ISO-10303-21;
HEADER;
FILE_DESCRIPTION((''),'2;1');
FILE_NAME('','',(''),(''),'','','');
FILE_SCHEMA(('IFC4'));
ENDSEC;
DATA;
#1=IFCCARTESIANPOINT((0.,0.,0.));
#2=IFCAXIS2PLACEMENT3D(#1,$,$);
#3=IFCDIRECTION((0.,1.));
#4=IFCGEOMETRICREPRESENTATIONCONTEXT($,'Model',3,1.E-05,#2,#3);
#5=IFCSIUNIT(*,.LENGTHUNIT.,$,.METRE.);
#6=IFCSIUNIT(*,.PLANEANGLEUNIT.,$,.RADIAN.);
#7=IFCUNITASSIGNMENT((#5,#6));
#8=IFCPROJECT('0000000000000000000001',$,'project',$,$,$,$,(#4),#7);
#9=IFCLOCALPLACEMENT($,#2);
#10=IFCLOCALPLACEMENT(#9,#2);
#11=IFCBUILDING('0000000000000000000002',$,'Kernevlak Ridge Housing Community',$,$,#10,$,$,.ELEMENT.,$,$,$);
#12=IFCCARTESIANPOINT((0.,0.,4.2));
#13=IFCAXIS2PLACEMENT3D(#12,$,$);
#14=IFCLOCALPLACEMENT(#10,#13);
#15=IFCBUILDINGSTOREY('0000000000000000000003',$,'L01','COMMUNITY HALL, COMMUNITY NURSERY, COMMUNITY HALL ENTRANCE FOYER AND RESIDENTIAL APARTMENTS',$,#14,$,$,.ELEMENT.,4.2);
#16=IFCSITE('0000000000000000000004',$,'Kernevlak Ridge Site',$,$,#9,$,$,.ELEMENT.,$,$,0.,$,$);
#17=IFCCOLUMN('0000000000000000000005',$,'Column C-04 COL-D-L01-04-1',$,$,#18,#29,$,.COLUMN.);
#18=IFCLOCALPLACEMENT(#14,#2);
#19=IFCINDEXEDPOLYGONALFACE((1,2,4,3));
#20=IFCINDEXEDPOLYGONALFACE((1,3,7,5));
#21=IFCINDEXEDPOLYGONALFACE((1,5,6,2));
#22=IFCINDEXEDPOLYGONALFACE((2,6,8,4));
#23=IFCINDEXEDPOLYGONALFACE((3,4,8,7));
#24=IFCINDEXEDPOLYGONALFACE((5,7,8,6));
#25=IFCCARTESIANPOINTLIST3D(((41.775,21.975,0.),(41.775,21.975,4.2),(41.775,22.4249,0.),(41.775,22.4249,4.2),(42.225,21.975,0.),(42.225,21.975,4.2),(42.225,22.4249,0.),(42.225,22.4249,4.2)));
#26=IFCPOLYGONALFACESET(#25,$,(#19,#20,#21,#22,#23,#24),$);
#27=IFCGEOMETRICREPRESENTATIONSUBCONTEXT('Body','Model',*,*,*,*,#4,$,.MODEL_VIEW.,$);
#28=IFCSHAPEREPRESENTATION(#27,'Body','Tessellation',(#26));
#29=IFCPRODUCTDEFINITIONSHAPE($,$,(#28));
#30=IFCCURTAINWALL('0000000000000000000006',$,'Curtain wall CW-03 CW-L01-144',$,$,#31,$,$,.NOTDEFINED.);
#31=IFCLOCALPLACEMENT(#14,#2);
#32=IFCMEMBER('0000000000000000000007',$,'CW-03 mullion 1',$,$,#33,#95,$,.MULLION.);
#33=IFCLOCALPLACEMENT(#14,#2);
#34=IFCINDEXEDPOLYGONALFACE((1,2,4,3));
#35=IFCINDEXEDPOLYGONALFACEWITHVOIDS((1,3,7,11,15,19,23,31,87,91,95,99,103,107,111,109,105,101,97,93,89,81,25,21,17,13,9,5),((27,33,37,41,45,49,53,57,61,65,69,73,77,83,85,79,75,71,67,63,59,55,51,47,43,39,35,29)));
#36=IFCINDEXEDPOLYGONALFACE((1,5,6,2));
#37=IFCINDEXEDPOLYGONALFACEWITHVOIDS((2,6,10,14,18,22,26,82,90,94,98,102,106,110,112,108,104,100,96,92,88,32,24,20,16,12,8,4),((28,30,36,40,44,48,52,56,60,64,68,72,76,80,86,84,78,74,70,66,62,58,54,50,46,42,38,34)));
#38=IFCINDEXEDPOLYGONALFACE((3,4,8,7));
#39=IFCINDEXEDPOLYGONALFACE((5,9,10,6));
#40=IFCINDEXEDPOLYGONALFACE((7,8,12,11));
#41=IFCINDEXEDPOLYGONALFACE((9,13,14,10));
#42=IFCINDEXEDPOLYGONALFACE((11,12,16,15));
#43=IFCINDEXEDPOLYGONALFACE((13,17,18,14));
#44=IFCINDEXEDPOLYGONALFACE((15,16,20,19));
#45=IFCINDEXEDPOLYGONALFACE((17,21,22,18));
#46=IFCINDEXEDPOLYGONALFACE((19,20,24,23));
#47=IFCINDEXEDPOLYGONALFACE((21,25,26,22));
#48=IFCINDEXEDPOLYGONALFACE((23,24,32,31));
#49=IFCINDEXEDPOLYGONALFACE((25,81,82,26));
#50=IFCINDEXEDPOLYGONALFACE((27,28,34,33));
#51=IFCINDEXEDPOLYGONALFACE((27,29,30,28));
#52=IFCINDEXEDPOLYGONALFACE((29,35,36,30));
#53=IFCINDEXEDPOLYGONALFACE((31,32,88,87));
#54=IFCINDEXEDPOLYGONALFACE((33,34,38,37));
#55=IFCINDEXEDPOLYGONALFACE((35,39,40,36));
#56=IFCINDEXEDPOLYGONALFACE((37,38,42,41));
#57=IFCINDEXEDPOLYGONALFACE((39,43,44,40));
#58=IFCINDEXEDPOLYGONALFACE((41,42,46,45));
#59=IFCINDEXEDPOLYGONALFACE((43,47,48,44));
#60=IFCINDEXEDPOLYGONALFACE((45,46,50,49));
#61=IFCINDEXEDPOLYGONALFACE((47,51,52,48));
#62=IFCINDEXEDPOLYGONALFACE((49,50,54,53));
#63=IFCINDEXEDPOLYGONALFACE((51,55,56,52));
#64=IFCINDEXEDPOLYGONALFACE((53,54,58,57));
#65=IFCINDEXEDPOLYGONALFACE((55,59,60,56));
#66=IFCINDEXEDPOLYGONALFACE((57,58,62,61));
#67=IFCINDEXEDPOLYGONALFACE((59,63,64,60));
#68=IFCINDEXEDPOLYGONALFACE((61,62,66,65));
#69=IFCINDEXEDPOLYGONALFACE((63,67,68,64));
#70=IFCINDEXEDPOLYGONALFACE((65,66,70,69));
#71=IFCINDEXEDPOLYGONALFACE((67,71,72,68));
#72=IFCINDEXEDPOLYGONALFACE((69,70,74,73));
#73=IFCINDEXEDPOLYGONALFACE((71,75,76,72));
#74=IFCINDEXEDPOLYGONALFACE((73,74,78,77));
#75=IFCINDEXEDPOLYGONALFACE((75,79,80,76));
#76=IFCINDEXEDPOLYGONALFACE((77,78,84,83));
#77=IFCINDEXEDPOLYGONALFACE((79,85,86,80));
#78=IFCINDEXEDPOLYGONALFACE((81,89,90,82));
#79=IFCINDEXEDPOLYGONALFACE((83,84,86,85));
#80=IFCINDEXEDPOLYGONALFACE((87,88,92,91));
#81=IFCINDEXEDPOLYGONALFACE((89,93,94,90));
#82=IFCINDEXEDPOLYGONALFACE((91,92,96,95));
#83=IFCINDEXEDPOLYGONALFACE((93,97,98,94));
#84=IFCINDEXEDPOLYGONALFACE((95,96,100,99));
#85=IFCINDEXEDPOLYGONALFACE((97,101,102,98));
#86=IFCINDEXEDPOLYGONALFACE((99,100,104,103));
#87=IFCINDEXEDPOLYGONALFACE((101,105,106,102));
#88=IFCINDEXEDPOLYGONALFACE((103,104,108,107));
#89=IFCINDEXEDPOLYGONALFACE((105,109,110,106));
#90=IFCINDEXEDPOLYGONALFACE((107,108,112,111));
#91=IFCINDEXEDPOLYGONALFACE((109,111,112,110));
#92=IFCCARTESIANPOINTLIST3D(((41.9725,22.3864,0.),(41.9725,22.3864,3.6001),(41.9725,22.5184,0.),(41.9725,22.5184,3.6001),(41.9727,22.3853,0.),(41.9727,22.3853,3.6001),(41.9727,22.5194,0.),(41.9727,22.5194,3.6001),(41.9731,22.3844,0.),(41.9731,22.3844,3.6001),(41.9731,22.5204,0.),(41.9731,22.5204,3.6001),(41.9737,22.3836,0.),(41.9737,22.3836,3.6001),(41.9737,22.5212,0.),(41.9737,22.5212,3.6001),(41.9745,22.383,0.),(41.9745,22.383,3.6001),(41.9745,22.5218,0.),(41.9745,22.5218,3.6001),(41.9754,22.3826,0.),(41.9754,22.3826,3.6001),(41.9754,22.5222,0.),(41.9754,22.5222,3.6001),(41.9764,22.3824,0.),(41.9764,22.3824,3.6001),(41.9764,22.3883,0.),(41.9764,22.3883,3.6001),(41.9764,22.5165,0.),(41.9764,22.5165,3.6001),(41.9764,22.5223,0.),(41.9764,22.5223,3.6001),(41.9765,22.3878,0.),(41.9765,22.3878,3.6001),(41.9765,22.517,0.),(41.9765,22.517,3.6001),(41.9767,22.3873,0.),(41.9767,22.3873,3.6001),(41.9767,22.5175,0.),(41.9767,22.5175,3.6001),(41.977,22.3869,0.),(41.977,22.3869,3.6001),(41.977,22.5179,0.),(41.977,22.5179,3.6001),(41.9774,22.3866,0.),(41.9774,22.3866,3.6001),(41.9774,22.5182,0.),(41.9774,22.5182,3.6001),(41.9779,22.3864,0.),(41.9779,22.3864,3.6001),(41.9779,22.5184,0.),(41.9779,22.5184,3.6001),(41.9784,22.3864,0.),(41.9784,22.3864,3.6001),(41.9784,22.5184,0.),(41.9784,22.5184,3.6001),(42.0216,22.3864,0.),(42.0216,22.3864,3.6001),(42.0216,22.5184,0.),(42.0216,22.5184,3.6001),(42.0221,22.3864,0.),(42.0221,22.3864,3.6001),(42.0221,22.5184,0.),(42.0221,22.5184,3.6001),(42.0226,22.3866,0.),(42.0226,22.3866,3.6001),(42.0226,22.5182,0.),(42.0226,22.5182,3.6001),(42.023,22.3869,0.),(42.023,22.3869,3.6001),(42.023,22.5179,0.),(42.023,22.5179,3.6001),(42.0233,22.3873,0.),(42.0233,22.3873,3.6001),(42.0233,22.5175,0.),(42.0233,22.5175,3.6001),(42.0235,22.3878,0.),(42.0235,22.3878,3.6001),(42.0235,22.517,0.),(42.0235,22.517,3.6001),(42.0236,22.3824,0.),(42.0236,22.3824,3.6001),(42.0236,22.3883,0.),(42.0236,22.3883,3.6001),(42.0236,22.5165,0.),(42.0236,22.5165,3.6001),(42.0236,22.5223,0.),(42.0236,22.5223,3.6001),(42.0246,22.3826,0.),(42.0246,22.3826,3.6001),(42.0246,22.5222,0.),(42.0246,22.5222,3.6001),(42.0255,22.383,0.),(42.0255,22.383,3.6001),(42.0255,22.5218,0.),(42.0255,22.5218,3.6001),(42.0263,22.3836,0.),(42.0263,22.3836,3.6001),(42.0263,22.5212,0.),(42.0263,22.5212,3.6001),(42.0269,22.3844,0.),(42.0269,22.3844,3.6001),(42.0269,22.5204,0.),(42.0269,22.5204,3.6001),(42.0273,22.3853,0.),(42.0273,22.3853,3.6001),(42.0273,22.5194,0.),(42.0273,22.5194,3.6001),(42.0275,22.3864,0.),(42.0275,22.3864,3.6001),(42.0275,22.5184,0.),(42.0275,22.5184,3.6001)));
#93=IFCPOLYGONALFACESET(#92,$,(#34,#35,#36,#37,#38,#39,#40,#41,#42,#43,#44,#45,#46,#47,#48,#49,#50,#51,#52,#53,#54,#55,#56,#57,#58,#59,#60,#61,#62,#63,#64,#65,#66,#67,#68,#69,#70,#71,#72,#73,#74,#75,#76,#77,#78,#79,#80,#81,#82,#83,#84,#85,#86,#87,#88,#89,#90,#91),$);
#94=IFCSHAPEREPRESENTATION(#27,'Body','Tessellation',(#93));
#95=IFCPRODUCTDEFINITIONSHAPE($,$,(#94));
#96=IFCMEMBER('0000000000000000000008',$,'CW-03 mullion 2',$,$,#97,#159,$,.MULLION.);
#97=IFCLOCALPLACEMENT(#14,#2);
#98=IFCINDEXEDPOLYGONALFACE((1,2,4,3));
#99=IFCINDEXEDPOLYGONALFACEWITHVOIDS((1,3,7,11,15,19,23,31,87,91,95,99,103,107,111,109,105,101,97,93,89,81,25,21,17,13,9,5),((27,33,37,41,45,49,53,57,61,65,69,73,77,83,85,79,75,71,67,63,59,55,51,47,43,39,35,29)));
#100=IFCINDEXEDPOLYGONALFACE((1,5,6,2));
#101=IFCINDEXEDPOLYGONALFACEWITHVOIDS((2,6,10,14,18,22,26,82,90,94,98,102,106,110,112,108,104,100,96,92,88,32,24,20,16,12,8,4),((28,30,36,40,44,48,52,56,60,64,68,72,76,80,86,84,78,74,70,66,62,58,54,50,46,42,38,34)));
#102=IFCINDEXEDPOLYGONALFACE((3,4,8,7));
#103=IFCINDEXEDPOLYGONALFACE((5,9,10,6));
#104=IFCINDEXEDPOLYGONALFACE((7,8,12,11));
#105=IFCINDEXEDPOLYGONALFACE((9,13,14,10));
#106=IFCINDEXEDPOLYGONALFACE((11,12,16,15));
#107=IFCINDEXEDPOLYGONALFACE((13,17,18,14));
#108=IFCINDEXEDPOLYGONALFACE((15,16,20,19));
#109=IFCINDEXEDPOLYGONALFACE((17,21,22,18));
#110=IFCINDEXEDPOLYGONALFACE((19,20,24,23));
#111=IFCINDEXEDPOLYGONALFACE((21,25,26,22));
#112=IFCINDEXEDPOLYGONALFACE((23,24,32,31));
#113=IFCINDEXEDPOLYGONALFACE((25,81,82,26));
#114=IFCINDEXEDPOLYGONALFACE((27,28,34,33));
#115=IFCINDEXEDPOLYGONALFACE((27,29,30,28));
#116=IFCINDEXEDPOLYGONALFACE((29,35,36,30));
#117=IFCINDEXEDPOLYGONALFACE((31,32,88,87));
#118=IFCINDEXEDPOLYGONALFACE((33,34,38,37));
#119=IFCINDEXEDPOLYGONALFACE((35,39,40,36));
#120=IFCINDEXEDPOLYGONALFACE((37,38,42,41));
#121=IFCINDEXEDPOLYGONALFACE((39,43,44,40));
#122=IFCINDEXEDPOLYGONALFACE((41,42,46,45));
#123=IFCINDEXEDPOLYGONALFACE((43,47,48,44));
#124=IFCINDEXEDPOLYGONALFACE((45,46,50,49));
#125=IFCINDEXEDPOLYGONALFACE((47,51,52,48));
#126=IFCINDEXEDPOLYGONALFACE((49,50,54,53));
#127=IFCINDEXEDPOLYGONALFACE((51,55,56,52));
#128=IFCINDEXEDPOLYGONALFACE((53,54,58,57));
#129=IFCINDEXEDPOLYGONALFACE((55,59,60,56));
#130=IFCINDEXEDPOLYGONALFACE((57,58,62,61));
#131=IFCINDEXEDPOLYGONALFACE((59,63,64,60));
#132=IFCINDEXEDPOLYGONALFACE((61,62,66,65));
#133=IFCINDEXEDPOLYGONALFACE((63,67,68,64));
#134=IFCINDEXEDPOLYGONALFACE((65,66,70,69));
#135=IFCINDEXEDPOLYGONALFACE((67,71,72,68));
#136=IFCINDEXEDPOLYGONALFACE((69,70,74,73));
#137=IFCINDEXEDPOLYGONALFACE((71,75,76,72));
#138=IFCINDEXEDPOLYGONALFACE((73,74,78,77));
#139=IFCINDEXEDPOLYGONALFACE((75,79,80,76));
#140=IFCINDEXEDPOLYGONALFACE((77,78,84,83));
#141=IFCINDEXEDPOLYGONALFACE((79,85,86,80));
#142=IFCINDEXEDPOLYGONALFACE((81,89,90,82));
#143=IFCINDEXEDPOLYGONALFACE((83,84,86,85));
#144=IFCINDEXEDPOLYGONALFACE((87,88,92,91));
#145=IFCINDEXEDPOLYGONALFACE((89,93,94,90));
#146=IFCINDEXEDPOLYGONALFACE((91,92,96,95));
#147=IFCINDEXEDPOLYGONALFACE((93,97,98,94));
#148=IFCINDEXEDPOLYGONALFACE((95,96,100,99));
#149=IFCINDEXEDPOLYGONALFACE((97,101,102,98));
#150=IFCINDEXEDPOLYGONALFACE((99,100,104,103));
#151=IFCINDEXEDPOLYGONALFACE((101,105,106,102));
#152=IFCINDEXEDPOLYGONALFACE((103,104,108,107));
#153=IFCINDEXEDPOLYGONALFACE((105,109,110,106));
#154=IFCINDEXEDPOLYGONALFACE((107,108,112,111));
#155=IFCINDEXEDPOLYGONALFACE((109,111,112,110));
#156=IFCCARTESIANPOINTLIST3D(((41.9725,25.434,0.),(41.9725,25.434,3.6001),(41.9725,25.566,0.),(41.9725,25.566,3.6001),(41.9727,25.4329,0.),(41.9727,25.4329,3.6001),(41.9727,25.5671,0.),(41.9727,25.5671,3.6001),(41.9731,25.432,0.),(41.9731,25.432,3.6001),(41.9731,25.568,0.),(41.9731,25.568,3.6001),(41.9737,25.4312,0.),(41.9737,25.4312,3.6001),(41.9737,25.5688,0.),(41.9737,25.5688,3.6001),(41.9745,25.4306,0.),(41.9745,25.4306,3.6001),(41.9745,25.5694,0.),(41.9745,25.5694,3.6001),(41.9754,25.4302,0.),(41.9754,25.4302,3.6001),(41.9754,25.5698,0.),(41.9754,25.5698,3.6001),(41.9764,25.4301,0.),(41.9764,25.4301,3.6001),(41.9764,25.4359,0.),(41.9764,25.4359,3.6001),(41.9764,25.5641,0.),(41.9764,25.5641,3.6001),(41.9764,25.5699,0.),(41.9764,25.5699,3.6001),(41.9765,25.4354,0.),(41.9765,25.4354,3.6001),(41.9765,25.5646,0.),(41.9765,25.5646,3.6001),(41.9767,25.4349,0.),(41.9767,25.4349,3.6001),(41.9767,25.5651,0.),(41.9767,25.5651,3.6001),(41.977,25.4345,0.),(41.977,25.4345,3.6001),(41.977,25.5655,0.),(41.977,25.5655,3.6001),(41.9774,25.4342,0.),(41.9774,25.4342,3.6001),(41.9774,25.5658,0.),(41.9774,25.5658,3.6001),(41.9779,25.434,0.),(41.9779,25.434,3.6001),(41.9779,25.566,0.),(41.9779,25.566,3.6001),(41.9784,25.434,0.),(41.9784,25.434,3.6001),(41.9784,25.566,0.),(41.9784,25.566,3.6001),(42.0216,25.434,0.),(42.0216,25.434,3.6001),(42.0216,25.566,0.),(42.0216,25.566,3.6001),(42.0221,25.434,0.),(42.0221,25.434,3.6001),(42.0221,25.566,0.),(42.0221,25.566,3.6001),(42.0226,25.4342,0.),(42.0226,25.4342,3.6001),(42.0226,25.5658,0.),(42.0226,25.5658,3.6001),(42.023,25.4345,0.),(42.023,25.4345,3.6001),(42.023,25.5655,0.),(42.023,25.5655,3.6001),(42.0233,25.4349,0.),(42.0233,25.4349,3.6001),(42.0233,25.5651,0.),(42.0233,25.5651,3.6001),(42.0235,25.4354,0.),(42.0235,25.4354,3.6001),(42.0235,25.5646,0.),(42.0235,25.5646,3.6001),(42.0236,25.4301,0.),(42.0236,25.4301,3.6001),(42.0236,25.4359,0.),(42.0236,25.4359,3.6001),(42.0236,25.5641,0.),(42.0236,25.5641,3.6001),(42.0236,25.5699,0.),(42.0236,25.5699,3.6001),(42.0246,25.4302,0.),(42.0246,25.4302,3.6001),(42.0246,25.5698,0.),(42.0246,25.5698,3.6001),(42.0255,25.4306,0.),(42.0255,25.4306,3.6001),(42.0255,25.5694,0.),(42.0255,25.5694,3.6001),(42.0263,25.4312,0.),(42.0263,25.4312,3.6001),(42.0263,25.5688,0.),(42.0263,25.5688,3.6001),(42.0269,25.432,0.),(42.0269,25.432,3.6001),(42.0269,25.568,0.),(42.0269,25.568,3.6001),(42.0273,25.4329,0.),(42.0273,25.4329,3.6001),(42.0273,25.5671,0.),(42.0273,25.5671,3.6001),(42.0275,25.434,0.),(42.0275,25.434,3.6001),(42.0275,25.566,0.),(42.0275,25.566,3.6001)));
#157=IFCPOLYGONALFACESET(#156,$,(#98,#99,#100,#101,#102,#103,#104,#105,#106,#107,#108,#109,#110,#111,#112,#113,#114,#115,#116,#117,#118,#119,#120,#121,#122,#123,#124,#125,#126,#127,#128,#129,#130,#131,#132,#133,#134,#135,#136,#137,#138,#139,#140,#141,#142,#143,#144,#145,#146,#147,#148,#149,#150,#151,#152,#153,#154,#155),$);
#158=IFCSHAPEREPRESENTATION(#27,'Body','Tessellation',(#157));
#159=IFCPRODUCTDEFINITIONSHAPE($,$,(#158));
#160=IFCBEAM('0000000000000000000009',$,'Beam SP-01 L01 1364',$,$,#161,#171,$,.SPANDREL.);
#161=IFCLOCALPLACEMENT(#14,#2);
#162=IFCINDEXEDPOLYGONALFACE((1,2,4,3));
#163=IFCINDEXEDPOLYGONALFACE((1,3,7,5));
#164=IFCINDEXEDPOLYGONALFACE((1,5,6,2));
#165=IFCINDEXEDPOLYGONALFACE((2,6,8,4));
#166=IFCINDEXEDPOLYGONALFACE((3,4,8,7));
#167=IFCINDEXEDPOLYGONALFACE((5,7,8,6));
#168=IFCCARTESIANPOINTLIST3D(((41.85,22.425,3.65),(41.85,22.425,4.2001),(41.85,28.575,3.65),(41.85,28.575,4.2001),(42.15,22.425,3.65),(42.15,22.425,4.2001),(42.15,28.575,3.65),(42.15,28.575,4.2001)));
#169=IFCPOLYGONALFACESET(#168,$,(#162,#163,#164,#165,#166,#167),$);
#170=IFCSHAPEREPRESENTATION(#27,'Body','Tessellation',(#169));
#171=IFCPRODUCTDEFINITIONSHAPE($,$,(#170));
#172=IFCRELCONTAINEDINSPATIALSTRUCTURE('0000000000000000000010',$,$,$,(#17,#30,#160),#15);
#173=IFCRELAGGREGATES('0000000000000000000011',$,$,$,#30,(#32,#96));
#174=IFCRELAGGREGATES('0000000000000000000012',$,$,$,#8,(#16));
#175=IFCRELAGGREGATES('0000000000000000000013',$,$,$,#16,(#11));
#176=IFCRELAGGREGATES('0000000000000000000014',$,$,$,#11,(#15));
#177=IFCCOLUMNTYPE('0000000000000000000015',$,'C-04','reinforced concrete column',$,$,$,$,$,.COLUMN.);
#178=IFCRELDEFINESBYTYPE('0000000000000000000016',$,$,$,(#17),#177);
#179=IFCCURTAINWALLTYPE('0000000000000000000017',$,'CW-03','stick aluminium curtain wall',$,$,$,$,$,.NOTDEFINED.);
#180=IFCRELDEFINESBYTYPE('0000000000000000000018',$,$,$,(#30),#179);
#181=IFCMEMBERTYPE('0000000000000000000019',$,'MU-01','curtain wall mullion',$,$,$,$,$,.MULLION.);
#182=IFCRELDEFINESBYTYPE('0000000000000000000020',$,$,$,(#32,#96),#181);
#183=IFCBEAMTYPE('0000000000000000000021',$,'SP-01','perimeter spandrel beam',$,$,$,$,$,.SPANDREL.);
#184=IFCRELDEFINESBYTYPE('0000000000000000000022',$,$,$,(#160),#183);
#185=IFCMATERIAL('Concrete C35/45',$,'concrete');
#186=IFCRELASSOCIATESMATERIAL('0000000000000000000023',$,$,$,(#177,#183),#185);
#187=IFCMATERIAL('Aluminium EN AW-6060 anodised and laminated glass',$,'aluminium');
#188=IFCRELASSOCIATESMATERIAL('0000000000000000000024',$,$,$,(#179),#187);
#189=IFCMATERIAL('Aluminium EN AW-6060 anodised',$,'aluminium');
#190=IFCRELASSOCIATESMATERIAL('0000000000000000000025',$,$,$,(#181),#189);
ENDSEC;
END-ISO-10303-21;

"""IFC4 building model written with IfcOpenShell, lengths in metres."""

from ifc_helpers import new_model, si_unit, direction, frame, origin, origin_2d, place, context, subcontext, project, spatial, rectangle, hollow_rectangle, extrude, material, material_profile, profile_set, type_object, element, aggregate, save


model = new_model("IFC4")

# Units and contexts
model_context = context("Model", 3, precision=1e-05, world=origin(), true_north=direction((0.0, 1.0)))
body_context = subcontext(model_context, "Body", "Model", "MODEL_VIEW")
ifc_project = project(units=[si_unit("LENGTHUNIT", "METRE"), si_unit("PLANEANGLEUNIT", "RADIAN")], contexts=[model_context])

# Site, building, storey
site_placement = place(None, origin())
site = spatial("IfcSite", under=ifc_project, at=site_placement, Name="Kernevlak Ridge Site", CompositionType="ELEMENT", RefElevation=0.0)
building_placement = place(site_placement, origin())
building = spatial("IfcBuilding", under=site, at=building_placement, Name="Kernevlak Ridge Housing Community", CompositionType="ELEMENT")
storey_placement = place(building_placement, frame((0.0, 0.0, 4.2)))
storey = spatial("IfcBuildingStorey", under=building, at=storey_placement, Name="L01", Description="COMMUNITY HALL, COMMUNITY NURSERY, COMMUNITY HALL ENTRANCE FOYER AND RESIDENTIAL APARTMENTS", CompositionType="ELEMENT", Elevation=4.2)

# Column
ifc_material_1 = material(Name="Concrete C35/45", Category="concrete")
ifc_material_profile_1 = material_profile(ifc_material_1, rectangle(XDim=0.45, YDim=0.45, at=origin_2d()), Name="RC 450x450")
ifc_profile_set_1 = profile_set([ifc_material_profile_1], Name="Concrete C35/45")
column_type = type_object("IfcColumnType", Name="C-04", Description="reinforced concrete column", PredefinedType="COLUMN", material=ifc_profile_set_1)
column_placement = place(storey_placement, frame((42.0, 22.2, 0.0), z_axis=(0.0, 0.0, 1.0), x_axis=(1.0, 0.0, 0.0)))
element("IfcColumn", 1, at=column_placement, inside=storey, type_object=column_type, Name="Column C-04 COL-D-L01-04-1", PredefinedType="COLUMN", context=body_context, shape_type="SweptSolid", body=[
    extrude(rectangle(XDim=0.45, YDim=0.45, at=origin_2d()), origin(), (0.0, 0.0, 1.0), 4.2),
])

# Curtain wall, members
ifc_material_2 = material(Name="Aluminium EN AW-6060 anodised and laminated glass", Category="aluminium")
curtain_wall_type = type_object("IfcCurtainWallType", Name="CW-03", Description="stick aluminium curtain wall", PredefinedType="NOTDEFINED", material=ifc_material_2)
curtain_wall_placement = place(storey_placement, origin())
curtain_wall = element("IfcCurtainWall", 2, at=curtain_wall_placement, inside=storey, type_object=curtain_wall_type, Name="Curtain wall CW-03 CW-L01-144", PredefinedType="NOTDEFINED")
ifc_material_3 = material(Name="Aluminium EN AW-6060 anodised", Category="aluminium")
ifc_material_profile_2 = material_profile(ifc_material_3, hollow_rectangle(XDim=0.0549, YDim=0.1399, WallThickness=0.0039, InnerFilletRadius=0.002, OuterFilletRadius=0.0039, at=origin_2d()), Name="ALU 55x140x4")
ifc_profile_set_2 = profile_set([ifc_material_profile_2], Name="Aluminium EN AW-6060 anodised")
member_type_1 = type_object("IfcMemberType", Name="MU-01", Description="curtain wall mullion", PredefinedType="MULLION", material=ifc_profile_set_2)
member_1_placement = place(storey_placement, frame((42.0, 22.4524, 0.0), z_axis=(0.0, 0.0, 1.0), x_axis=(-1.0, 0.0, 0.0)))
member_1 = element("IfcMember", 3, at=member_1_placement, type_object=member_type_1, Name="CW-03 mullion 1", PredefinedType="MULLION", context=body_context, shape_type="SweptSolid", body=[
    extrude(hollow_rectangle(XDim=0.0549, YDim=0.1399, WallThickness=0.0039, InnerFilletRadius=0.002, OuterFilletRadius=0.0039, at=origin_2d()), origin(), (0.0, 0.0, 1.0), 3.6001),
])
member_2_placement = place(storey_placement, frame((42.0, 25.5, 0.0), z_axis=(0.0, 0.0, 1.0), x_axis=(-1.0, 0.0, 0.0)))
member_2 = element("IfcMember", 4, at=member_2_placement, type_object=member_type_1, Name="CW-03 mullion 2", PredefinedType="MULLION", context=body_context, shape_type="SweptSolid", body=[
    extrude(hollow_rectangle(XDim=0.0549, YDim=0.1399, WallThickness=0.0039, InnerFilletRadius=0.002, OuterFilletRadius=0.0039, at=origin_2d()), origin(), (0.0, 0.0, 1.0), 3.6001),
])

# Beam
ifc_material_profile_3 = material_profile(ifc_material_1, rectangle(XDim=0.3, YDim=0.55, at=origin_2d()), Name="RC 300x550")
ifc_profile_set_3 = profile_set([ifc_material_profile_3], Name="Concrete C35/45")
beam_type = type_object("IfcBeamType", Name="SP-01", Description="perimeter spandrel beam", PredefinedType="SPANDREL", material=ifc_profile_set_3)
beam_placement = place(storey_placement, frame((42.0, 22.425, 3.925), z_axis=(0.0, 1.0, 0.0), x_axis=(-1.0, 0.0, 0.0)))
element("IfcBeam", 5, at=beam_placement, inside=storey, type_object=beam_type, Name="Beam SP-01 L01 1364", PredefinedType="SPANDREL", context=body_context, shape_type="SweptSolid", body=[
    extrude(rectangle(XDim=0.3, YDim=0.55, at=origin_2d()), origin(), (0.0, 0.0, 1.0), 6.1499),
])

aggregate(curtain_wall, [member_1, member_2])

save(model, "model.ifc")
